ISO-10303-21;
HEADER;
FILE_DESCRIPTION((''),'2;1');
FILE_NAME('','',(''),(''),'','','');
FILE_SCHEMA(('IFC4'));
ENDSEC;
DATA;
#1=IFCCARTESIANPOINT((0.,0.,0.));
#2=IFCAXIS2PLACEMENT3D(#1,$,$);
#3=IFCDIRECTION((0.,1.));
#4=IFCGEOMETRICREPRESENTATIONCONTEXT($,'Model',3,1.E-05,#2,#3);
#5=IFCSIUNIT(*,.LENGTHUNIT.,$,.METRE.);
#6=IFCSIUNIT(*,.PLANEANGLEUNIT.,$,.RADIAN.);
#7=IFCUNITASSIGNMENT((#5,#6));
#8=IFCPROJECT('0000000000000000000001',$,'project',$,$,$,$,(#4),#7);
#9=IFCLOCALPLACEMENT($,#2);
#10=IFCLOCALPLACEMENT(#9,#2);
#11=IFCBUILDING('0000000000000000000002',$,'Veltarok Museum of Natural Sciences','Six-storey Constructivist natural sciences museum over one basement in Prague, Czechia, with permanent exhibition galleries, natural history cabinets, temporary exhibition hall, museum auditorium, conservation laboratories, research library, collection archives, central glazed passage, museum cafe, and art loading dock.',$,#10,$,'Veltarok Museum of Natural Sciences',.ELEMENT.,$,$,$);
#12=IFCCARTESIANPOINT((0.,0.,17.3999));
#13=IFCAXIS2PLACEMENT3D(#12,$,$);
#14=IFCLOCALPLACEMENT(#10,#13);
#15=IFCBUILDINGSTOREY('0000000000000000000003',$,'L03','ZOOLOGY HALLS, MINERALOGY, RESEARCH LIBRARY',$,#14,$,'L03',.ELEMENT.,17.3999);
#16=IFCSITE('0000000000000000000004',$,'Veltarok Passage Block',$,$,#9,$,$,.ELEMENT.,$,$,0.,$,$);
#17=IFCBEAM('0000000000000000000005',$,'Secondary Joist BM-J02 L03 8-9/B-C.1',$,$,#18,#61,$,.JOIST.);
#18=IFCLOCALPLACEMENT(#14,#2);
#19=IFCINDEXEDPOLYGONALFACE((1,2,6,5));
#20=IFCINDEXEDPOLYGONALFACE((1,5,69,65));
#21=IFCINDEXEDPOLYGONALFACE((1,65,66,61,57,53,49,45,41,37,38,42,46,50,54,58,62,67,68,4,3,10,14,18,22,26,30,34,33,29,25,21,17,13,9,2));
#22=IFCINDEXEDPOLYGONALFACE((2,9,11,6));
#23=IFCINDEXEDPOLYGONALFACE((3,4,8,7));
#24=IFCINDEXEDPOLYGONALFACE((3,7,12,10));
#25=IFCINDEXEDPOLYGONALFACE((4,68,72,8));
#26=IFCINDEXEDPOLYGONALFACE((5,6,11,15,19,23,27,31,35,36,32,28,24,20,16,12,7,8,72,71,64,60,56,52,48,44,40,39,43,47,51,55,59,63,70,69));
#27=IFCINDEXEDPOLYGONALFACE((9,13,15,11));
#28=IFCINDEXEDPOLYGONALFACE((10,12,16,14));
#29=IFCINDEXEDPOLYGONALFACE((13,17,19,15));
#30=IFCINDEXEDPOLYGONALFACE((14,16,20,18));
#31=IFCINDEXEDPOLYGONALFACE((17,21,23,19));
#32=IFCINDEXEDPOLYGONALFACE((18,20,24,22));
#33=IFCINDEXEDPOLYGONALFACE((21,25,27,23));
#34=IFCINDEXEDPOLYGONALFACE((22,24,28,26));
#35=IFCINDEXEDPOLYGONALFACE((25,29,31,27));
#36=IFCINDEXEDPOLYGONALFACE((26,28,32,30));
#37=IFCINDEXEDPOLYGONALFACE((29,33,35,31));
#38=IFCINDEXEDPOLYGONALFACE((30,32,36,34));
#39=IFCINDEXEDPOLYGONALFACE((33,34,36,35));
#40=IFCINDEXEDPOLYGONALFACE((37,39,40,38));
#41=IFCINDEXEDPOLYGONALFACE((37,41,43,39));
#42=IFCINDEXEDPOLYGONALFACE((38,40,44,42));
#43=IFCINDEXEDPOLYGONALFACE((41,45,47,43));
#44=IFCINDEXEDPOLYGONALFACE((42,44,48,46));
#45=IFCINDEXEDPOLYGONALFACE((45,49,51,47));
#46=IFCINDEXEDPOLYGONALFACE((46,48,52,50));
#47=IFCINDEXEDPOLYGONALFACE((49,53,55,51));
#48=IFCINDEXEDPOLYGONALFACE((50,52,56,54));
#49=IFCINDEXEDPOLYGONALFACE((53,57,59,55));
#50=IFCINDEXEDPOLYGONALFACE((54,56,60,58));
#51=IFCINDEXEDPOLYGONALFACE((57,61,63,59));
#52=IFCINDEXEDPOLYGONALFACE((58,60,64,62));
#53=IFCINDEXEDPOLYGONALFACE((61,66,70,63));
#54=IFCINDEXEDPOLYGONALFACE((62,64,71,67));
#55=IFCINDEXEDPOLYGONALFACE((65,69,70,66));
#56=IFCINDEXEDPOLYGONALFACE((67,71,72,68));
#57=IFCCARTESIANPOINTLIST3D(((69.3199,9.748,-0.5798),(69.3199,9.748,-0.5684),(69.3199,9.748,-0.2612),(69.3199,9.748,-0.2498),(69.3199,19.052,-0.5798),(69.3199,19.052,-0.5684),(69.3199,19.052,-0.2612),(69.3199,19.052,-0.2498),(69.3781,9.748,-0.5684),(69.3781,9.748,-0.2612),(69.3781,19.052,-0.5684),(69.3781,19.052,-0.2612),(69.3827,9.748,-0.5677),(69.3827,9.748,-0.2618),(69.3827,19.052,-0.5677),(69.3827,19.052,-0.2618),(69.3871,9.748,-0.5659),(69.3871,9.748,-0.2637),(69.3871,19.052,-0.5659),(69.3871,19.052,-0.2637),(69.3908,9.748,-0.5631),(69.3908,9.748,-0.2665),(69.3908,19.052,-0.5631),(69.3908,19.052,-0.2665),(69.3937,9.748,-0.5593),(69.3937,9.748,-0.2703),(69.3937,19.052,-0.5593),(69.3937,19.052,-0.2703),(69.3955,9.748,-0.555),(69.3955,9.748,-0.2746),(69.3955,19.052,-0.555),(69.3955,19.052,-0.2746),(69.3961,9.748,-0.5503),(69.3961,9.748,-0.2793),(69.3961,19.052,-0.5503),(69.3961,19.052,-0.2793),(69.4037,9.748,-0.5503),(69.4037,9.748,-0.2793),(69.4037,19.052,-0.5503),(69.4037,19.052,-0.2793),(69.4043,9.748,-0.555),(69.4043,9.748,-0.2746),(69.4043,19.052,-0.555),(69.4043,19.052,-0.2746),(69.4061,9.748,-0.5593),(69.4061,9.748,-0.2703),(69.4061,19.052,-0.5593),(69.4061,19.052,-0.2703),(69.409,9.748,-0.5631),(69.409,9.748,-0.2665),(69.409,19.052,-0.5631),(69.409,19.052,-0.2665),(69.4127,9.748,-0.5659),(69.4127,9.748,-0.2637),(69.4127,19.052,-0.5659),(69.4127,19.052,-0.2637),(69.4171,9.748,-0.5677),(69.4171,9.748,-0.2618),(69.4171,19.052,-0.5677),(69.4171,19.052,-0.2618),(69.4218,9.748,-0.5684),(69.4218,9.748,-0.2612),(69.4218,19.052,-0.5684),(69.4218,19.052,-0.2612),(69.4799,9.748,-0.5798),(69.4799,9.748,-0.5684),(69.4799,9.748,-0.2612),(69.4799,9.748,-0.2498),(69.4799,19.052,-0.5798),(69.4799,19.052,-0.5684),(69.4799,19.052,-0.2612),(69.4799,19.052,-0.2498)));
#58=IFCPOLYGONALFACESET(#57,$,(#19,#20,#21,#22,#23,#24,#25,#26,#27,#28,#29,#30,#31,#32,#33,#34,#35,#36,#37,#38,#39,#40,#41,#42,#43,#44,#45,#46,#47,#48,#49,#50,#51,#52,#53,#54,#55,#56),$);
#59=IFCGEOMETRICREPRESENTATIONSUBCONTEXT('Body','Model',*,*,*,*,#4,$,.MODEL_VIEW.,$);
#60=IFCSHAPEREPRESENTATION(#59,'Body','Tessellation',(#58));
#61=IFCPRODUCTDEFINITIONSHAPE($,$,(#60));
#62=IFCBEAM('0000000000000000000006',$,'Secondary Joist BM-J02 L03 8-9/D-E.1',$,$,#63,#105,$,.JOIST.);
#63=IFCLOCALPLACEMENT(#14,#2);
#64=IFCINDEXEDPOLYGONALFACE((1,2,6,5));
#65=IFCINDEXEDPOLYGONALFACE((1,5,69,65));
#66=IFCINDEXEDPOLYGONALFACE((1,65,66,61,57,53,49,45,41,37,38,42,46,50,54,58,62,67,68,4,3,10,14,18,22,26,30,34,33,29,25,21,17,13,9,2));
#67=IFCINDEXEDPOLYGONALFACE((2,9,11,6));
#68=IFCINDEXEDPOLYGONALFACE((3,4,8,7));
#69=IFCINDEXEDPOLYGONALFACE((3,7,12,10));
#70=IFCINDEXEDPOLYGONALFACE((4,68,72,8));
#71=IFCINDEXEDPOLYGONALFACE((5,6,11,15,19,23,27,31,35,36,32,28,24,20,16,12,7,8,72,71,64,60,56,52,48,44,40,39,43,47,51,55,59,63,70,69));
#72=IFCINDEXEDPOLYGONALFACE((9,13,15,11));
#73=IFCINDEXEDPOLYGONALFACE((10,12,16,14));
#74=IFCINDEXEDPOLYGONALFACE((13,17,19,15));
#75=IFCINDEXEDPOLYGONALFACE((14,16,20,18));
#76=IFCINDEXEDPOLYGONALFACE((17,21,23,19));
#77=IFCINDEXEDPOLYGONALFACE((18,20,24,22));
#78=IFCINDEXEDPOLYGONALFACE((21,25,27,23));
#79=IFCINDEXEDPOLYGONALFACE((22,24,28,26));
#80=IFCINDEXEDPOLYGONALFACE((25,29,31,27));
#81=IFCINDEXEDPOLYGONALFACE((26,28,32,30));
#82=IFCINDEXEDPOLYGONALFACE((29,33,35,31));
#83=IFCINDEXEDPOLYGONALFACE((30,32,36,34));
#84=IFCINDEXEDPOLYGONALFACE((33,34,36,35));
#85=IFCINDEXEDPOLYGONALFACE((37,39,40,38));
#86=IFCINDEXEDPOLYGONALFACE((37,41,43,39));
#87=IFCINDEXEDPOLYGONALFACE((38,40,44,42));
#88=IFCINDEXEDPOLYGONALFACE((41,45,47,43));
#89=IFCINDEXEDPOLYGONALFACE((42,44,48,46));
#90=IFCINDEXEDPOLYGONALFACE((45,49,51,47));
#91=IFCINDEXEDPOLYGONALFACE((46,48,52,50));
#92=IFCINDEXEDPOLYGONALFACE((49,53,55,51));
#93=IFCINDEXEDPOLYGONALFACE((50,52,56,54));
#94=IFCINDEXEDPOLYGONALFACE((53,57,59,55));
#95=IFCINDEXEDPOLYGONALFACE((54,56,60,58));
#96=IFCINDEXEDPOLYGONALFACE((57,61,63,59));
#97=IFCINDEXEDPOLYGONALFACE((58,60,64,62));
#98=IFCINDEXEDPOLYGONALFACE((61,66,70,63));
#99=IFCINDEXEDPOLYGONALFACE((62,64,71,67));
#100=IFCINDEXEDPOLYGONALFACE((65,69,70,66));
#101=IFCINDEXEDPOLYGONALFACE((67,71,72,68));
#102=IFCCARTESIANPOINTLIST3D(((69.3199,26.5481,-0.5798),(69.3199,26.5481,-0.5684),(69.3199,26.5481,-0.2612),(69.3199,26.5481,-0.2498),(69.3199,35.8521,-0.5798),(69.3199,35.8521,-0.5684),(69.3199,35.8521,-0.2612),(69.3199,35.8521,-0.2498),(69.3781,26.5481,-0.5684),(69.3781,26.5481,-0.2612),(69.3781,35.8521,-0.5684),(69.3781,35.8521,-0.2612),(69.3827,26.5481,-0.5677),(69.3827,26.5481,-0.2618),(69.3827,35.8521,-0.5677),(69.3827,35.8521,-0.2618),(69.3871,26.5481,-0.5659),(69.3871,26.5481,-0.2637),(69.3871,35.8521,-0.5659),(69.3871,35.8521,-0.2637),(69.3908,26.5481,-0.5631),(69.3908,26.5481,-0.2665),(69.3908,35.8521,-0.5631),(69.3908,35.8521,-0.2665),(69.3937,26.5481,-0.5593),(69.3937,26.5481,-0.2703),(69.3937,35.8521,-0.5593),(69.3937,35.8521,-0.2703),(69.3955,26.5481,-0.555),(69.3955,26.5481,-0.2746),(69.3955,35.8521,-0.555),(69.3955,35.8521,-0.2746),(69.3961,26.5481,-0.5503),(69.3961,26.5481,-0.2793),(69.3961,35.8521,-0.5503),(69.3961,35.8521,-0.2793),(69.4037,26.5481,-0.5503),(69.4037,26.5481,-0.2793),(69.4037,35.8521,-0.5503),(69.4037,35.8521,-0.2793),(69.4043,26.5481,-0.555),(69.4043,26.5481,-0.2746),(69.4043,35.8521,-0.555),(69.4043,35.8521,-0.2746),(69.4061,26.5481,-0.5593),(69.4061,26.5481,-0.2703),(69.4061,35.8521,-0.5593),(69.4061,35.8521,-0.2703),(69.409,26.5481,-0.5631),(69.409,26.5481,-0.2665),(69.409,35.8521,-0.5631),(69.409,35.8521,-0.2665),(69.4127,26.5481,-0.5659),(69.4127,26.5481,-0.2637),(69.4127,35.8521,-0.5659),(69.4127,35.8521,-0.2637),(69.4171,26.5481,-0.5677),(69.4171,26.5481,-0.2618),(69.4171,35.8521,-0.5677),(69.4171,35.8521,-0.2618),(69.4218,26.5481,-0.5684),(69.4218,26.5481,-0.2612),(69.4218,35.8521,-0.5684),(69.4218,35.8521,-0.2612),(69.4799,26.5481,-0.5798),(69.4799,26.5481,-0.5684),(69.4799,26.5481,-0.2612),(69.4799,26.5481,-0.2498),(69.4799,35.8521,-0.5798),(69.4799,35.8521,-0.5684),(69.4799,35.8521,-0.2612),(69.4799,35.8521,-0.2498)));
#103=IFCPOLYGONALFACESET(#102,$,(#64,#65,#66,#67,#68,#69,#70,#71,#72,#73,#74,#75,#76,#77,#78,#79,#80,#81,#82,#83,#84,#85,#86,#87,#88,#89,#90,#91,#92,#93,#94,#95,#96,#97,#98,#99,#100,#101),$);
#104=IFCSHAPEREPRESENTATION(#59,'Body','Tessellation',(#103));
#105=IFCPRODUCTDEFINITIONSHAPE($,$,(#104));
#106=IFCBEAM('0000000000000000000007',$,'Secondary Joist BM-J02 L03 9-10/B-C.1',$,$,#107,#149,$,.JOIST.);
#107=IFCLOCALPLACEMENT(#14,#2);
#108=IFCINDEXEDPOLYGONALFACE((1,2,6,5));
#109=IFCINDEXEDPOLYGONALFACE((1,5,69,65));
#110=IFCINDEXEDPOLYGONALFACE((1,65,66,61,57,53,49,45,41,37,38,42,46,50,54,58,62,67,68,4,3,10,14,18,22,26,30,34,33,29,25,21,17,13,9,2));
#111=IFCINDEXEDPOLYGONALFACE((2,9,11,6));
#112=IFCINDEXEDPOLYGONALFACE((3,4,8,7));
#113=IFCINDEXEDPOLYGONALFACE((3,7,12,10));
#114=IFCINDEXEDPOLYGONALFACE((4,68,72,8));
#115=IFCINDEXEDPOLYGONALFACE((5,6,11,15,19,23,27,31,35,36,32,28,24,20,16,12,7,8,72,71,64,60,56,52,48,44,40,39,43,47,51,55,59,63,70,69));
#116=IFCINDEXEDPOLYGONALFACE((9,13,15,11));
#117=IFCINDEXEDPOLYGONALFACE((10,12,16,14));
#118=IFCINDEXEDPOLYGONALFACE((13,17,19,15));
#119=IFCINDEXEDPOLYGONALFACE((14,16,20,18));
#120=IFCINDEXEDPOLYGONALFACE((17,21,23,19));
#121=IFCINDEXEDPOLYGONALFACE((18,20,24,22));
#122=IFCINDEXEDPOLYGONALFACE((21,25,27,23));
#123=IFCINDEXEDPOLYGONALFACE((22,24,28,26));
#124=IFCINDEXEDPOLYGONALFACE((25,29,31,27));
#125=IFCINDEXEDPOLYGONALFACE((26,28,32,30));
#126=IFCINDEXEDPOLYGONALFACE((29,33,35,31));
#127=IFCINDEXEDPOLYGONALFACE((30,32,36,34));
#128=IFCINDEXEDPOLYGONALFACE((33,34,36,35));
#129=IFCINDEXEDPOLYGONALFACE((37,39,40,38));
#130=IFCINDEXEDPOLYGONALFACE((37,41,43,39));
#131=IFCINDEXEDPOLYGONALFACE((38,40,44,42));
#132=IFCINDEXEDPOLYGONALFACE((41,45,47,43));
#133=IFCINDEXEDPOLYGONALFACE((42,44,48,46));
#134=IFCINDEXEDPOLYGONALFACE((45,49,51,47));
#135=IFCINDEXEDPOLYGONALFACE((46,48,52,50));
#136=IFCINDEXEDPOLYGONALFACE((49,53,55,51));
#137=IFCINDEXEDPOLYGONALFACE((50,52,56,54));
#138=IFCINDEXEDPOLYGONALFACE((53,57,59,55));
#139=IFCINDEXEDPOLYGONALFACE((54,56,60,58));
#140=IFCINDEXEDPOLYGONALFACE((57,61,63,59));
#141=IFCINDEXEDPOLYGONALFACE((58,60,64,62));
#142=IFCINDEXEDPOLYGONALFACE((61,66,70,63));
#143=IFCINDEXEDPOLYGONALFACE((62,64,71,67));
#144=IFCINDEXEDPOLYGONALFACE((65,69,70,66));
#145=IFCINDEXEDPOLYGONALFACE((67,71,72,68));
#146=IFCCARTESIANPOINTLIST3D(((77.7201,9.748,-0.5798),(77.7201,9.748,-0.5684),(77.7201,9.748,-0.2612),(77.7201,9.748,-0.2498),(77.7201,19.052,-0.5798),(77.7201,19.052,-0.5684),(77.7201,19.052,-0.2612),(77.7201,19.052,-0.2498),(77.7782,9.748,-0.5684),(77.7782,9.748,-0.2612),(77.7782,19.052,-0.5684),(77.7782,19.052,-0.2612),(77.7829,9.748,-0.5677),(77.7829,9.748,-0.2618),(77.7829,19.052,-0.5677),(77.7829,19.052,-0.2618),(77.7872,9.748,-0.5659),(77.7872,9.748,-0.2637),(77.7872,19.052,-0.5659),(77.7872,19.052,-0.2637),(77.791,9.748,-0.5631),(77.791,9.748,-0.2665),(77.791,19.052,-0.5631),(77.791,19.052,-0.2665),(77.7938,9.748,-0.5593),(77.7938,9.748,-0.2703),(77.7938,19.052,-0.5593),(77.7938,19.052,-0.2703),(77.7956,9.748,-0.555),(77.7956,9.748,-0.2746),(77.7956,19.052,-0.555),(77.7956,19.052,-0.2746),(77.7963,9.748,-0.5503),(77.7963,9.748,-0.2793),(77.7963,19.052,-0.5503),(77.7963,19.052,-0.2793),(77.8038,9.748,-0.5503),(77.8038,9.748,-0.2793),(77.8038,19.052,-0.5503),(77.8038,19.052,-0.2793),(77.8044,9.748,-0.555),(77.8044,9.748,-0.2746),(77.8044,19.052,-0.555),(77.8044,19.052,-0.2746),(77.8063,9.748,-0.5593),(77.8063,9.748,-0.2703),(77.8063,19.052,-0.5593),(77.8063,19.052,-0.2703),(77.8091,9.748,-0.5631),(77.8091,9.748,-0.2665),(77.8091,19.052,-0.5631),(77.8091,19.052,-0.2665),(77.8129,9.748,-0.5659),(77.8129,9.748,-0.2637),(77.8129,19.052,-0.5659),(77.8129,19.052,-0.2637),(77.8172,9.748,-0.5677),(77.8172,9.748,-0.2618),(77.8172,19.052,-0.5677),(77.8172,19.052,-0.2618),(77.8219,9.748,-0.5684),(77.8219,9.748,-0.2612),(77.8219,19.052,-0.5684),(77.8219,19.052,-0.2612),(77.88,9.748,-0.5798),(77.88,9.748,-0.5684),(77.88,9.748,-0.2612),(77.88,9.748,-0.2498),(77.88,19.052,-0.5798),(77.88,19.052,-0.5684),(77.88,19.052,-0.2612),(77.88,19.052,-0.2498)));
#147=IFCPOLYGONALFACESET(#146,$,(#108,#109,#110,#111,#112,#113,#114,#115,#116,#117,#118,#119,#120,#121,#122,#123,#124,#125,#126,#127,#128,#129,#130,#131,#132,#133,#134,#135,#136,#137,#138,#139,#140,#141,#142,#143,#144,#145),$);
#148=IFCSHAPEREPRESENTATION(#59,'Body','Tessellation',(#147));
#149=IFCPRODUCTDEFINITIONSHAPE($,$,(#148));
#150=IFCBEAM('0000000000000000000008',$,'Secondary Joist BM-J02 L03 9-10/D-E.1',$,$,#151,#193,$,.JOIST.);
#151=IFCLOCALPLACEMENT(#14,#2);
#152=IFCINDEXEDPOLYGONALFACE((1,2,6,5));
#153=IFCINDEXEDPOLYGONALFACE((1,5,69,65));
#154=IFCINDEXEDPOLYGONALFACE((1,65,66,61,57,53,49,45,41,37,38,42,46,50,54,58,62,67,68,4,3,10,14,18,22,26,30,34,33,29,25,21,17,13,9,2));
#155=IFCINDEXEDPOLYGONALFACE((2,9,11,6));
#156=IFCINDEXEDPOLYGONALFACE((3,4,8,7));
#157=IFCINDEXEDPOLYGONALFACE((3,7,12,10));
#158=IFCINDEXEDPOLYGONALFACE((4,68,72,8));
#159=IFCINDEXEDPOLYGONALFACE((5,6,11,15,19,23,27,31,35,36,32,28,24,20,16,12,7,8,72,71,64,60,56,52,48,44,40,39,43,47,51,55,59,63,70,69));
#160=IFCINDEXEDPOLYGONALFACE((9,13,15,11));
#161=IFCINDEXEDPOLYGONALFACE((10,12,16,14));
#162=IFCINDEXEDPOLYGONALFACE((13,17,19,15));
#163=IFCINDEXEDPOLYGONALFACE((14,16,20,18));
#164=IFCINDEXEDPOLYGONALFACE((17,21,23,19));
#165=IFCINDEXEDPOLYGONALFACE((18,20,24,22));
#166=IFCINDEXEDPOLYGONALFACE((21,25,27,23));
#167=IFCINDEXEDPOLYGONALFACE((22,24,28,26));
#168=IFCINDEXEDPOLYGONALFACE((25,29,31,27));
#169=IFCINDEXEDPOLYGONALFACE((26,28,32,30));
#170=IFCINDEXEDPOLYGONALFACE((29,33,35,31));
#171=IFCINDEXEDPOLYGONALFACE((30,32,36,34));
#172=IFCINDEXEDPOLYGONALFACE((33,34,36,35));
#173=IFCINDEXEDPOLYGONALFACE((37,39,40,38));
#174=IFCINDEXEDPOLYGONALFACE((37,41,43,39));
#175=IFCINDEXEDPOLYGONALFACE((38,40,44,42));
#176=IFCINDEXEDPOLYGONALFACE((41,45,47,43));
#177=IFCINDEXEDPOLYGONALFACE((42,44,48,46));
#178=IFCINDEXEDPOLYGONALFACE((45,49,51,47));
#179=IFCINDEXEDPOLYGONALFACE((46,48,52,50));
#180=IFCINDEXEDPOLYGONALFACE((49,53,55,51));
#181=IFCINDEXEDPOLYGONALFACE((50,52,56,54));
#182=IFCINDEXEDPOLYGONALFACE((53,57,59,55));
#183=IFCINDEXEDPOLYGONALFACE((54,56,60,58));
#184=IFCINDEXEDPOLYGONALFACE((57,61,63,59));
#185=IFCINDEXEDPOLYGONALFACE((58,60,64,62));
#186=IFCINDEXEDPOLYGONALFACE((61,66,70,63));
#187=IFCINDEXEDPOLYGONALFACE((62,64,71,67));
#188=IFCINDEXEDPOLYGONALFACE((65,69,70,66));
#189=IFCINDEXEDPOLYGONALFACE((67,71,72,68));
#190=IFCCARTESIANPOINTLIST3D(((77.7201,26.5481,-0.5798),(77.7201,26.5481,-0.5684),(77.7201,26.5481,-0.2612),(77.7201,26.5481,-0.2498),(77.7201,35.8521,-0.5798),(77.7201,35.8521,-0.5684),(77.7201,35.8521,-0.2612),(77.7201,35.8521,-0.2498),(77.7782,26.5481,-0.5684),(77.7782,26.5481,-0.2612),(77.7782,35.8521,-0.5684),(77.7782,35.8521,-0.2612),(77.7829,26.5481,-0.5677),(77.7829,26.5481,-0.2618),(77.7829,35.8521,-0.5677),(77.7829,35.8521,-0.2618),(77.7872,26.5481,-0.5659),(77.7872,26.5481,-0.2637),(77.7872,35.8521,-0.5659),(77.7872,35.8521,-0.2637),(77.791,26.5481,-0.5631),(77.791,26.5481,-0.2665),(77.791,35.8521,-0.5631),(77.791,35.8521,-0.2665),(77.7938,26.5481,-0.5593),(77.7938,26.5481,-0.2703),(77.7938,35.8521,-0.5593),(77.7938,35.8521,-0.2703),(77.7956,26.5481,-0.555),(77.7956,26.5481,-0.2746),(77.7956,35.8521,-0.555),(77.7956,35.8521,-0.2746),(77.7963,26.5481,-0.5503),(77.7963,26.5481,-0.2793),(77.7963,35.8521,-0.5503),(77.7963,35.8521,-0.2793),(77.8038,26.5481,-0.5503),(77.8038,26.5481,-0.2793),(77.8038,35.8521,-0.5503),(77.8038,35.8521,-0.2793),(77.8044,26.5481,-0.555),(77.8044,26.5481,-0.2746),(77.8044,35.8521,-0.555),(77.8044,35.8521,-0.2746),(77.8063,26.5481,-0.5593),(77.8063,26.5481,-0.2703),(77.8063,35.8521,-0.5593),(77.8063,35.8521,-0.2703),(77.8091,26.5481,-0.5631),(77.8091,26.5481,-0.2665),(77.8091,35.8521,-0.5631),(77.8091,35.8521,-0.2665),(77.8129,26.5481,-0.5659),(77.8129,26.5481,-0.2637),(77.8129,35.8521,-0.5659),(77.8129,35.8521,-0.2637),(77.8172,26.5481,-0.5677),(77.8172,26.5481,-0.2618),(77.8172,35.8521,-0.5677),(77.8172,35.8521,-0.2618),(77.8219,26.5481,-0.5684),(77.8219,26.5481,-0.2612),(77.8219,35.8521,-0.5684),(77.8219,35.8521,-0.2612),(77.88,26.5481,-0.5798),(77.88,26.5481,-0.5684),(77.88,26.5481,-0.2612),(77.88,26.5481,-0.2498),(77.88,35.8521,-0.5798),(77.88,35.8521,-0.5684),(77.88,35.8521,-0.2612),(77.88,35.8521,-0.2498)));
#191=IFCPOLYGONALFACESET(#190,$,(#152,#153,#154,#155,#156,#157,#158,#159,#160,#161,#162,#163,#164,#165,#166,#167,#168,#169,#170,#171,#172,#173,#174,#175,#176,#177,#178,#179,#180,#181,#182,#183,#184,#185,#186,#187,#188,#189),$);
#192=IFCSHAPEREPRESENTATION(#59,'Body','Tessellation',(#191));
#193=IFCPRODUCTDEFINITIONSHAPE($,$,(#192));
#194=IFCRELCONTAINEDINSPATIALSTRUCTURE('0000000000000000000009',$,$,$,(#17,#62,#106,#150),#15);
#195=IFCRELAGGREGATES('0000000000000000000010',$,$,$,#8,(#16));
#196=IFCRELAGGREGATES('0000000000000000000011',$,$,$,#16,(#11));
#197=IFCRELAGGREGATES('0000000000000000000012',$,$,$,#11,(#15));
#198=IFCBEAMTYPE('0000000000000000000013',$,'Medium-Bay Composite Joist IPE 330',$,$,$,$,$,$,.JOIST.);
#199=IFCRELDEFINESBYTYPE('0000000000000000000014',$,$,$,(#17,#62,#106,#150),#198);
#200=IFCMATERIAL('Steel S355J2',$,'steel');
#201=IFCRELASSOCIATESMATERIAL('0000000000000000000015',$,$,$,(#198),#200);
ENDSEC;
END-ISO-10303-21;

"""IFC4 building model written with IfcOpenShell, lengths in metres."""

from ifc_helpers import new_model, si_unit, direction, frame, origin, origin_2d, place, context, subcontext, project, spatial, i_section, extrude, material, material_profile, profile_set, type_object, element, save


model = new_model("IFC4")

# Units and contexts
model_context = context("Model", 3, precision=1e-05, world=origin(), true_north=direction((0.0, 1.0)))
body_context = subcontext(model_context, "Body", "Model", "MODEL_VIEW")
ifc_project = project(units=[si_unit("LENGTHUNIT", "METRE"), si_unit("PLANEANGLEUNIT", "RADIAN")], contexts=[model_context])

# Site, building, storey
site_placement = place(None, origin())
site = spatial("IfcSite", under=ifc_project, at=site_placement, Name="Veltarok Passage Block", CompositionType="ELEMENT", RefElevation=0.0)
building_placement = place(site_placement, origin())
building = spatial("IfcBuilding", under=site, at=building_placement, Name="Veltarok Museum of Natural Sciences", Description="Six-storey Constructivist natural sciences museum over one basement in Prague, Czechia, with permanent exhibition galleries, natural history cabinets, temporary exhibition hall, museum auditorium, conservation laboratories, research library, collection archives, central glazed passage, museum cafe, and art loading dock.", LongName="Veltarok Museum of Natural Sciences", CompositionType="ELEMENT")
storey_placement = place(building_placement, frame((0.0, 0.0, 17.3999)))
storey = spatial("IfcBuildingStorey", under=building, at=storey_placement, Name="L03", Description="ZOOLOGY HALLS, MINERALOGY, RESEARCH LIBRARY", LongName="L03", CompositionType="ELEMENT", Elevation=17.3999)

# Shared definitions
ifc_material_1 = material(Name="Steel S355J2", Category="steel")

# Beams
ifc_material_profile_1 = material_profile(ifc_material_1, i_section(OverallWidth=0.1599, OverallDepth=0.3301, WebThickness=0.0076, FlangeThickness=0.0115, FilletRadius=0.0181, at=origin_2d()), Name="IPE 330")
ifc_profile_set_1 = profile_set([ifc_material_profile_1], Name="Steel S355J2")
beam_type_1 = type_object("IfcBeamType", Name="Medium-Bay Composite Joist IPE 330", PredefinedType="JOIST", material=ifc_profile_set_1)
for number, where, z_axis, x_axis, name in (
    (1, (69.3999, 9.748, -0.4148), (0.0, 1.0, 0.0), (-1.0, 0.0, 0.0), "Secondary Joist BM-J02 L03 8-9/B-C.1"),
    (2, (69.3999, 26.5481, -0.4148), (0.0, 1.0, 0.0), (-1.0, 0.0, 0.0), "Secondary Joist BM-J02 L03 8-9/D-E.1"),
    (3, (77.8, 9.748, -0.4148), (0.0, 1.0, 0.0), (-1.0, 0.0, 0.0), "Secondary Joist BM-J02 L03 9-10/B-C.1"),
    (4, (77.8, 26.5481, -0.4148), (0.0, 1.0, 0.0), (-1.0, 0.0, 0.0), "Secondary Joist BM-J02 L03 9-10/D-E.1"),
):
    element("IfcBeam", number, at=place(storey_placement, frame(where, z_axis=z_axis, x_axis=x_axis)), inside=storey, type_object=beam_type_1, Name=name, PredefinedType="JOIST", context=body_context, shape_type="SweptSolid", body=[
        extrude(i_section(OverallWidth=0.1599, OverallDepth=0.3301, WebThickness=0.0076, FlangeThickness=0.0115, FilletRadius=0.0181, at=origin_2d()), origin(), (0.0, 0.0, 1.0), 9.304),
    ])

save(model, "model.ifc")
